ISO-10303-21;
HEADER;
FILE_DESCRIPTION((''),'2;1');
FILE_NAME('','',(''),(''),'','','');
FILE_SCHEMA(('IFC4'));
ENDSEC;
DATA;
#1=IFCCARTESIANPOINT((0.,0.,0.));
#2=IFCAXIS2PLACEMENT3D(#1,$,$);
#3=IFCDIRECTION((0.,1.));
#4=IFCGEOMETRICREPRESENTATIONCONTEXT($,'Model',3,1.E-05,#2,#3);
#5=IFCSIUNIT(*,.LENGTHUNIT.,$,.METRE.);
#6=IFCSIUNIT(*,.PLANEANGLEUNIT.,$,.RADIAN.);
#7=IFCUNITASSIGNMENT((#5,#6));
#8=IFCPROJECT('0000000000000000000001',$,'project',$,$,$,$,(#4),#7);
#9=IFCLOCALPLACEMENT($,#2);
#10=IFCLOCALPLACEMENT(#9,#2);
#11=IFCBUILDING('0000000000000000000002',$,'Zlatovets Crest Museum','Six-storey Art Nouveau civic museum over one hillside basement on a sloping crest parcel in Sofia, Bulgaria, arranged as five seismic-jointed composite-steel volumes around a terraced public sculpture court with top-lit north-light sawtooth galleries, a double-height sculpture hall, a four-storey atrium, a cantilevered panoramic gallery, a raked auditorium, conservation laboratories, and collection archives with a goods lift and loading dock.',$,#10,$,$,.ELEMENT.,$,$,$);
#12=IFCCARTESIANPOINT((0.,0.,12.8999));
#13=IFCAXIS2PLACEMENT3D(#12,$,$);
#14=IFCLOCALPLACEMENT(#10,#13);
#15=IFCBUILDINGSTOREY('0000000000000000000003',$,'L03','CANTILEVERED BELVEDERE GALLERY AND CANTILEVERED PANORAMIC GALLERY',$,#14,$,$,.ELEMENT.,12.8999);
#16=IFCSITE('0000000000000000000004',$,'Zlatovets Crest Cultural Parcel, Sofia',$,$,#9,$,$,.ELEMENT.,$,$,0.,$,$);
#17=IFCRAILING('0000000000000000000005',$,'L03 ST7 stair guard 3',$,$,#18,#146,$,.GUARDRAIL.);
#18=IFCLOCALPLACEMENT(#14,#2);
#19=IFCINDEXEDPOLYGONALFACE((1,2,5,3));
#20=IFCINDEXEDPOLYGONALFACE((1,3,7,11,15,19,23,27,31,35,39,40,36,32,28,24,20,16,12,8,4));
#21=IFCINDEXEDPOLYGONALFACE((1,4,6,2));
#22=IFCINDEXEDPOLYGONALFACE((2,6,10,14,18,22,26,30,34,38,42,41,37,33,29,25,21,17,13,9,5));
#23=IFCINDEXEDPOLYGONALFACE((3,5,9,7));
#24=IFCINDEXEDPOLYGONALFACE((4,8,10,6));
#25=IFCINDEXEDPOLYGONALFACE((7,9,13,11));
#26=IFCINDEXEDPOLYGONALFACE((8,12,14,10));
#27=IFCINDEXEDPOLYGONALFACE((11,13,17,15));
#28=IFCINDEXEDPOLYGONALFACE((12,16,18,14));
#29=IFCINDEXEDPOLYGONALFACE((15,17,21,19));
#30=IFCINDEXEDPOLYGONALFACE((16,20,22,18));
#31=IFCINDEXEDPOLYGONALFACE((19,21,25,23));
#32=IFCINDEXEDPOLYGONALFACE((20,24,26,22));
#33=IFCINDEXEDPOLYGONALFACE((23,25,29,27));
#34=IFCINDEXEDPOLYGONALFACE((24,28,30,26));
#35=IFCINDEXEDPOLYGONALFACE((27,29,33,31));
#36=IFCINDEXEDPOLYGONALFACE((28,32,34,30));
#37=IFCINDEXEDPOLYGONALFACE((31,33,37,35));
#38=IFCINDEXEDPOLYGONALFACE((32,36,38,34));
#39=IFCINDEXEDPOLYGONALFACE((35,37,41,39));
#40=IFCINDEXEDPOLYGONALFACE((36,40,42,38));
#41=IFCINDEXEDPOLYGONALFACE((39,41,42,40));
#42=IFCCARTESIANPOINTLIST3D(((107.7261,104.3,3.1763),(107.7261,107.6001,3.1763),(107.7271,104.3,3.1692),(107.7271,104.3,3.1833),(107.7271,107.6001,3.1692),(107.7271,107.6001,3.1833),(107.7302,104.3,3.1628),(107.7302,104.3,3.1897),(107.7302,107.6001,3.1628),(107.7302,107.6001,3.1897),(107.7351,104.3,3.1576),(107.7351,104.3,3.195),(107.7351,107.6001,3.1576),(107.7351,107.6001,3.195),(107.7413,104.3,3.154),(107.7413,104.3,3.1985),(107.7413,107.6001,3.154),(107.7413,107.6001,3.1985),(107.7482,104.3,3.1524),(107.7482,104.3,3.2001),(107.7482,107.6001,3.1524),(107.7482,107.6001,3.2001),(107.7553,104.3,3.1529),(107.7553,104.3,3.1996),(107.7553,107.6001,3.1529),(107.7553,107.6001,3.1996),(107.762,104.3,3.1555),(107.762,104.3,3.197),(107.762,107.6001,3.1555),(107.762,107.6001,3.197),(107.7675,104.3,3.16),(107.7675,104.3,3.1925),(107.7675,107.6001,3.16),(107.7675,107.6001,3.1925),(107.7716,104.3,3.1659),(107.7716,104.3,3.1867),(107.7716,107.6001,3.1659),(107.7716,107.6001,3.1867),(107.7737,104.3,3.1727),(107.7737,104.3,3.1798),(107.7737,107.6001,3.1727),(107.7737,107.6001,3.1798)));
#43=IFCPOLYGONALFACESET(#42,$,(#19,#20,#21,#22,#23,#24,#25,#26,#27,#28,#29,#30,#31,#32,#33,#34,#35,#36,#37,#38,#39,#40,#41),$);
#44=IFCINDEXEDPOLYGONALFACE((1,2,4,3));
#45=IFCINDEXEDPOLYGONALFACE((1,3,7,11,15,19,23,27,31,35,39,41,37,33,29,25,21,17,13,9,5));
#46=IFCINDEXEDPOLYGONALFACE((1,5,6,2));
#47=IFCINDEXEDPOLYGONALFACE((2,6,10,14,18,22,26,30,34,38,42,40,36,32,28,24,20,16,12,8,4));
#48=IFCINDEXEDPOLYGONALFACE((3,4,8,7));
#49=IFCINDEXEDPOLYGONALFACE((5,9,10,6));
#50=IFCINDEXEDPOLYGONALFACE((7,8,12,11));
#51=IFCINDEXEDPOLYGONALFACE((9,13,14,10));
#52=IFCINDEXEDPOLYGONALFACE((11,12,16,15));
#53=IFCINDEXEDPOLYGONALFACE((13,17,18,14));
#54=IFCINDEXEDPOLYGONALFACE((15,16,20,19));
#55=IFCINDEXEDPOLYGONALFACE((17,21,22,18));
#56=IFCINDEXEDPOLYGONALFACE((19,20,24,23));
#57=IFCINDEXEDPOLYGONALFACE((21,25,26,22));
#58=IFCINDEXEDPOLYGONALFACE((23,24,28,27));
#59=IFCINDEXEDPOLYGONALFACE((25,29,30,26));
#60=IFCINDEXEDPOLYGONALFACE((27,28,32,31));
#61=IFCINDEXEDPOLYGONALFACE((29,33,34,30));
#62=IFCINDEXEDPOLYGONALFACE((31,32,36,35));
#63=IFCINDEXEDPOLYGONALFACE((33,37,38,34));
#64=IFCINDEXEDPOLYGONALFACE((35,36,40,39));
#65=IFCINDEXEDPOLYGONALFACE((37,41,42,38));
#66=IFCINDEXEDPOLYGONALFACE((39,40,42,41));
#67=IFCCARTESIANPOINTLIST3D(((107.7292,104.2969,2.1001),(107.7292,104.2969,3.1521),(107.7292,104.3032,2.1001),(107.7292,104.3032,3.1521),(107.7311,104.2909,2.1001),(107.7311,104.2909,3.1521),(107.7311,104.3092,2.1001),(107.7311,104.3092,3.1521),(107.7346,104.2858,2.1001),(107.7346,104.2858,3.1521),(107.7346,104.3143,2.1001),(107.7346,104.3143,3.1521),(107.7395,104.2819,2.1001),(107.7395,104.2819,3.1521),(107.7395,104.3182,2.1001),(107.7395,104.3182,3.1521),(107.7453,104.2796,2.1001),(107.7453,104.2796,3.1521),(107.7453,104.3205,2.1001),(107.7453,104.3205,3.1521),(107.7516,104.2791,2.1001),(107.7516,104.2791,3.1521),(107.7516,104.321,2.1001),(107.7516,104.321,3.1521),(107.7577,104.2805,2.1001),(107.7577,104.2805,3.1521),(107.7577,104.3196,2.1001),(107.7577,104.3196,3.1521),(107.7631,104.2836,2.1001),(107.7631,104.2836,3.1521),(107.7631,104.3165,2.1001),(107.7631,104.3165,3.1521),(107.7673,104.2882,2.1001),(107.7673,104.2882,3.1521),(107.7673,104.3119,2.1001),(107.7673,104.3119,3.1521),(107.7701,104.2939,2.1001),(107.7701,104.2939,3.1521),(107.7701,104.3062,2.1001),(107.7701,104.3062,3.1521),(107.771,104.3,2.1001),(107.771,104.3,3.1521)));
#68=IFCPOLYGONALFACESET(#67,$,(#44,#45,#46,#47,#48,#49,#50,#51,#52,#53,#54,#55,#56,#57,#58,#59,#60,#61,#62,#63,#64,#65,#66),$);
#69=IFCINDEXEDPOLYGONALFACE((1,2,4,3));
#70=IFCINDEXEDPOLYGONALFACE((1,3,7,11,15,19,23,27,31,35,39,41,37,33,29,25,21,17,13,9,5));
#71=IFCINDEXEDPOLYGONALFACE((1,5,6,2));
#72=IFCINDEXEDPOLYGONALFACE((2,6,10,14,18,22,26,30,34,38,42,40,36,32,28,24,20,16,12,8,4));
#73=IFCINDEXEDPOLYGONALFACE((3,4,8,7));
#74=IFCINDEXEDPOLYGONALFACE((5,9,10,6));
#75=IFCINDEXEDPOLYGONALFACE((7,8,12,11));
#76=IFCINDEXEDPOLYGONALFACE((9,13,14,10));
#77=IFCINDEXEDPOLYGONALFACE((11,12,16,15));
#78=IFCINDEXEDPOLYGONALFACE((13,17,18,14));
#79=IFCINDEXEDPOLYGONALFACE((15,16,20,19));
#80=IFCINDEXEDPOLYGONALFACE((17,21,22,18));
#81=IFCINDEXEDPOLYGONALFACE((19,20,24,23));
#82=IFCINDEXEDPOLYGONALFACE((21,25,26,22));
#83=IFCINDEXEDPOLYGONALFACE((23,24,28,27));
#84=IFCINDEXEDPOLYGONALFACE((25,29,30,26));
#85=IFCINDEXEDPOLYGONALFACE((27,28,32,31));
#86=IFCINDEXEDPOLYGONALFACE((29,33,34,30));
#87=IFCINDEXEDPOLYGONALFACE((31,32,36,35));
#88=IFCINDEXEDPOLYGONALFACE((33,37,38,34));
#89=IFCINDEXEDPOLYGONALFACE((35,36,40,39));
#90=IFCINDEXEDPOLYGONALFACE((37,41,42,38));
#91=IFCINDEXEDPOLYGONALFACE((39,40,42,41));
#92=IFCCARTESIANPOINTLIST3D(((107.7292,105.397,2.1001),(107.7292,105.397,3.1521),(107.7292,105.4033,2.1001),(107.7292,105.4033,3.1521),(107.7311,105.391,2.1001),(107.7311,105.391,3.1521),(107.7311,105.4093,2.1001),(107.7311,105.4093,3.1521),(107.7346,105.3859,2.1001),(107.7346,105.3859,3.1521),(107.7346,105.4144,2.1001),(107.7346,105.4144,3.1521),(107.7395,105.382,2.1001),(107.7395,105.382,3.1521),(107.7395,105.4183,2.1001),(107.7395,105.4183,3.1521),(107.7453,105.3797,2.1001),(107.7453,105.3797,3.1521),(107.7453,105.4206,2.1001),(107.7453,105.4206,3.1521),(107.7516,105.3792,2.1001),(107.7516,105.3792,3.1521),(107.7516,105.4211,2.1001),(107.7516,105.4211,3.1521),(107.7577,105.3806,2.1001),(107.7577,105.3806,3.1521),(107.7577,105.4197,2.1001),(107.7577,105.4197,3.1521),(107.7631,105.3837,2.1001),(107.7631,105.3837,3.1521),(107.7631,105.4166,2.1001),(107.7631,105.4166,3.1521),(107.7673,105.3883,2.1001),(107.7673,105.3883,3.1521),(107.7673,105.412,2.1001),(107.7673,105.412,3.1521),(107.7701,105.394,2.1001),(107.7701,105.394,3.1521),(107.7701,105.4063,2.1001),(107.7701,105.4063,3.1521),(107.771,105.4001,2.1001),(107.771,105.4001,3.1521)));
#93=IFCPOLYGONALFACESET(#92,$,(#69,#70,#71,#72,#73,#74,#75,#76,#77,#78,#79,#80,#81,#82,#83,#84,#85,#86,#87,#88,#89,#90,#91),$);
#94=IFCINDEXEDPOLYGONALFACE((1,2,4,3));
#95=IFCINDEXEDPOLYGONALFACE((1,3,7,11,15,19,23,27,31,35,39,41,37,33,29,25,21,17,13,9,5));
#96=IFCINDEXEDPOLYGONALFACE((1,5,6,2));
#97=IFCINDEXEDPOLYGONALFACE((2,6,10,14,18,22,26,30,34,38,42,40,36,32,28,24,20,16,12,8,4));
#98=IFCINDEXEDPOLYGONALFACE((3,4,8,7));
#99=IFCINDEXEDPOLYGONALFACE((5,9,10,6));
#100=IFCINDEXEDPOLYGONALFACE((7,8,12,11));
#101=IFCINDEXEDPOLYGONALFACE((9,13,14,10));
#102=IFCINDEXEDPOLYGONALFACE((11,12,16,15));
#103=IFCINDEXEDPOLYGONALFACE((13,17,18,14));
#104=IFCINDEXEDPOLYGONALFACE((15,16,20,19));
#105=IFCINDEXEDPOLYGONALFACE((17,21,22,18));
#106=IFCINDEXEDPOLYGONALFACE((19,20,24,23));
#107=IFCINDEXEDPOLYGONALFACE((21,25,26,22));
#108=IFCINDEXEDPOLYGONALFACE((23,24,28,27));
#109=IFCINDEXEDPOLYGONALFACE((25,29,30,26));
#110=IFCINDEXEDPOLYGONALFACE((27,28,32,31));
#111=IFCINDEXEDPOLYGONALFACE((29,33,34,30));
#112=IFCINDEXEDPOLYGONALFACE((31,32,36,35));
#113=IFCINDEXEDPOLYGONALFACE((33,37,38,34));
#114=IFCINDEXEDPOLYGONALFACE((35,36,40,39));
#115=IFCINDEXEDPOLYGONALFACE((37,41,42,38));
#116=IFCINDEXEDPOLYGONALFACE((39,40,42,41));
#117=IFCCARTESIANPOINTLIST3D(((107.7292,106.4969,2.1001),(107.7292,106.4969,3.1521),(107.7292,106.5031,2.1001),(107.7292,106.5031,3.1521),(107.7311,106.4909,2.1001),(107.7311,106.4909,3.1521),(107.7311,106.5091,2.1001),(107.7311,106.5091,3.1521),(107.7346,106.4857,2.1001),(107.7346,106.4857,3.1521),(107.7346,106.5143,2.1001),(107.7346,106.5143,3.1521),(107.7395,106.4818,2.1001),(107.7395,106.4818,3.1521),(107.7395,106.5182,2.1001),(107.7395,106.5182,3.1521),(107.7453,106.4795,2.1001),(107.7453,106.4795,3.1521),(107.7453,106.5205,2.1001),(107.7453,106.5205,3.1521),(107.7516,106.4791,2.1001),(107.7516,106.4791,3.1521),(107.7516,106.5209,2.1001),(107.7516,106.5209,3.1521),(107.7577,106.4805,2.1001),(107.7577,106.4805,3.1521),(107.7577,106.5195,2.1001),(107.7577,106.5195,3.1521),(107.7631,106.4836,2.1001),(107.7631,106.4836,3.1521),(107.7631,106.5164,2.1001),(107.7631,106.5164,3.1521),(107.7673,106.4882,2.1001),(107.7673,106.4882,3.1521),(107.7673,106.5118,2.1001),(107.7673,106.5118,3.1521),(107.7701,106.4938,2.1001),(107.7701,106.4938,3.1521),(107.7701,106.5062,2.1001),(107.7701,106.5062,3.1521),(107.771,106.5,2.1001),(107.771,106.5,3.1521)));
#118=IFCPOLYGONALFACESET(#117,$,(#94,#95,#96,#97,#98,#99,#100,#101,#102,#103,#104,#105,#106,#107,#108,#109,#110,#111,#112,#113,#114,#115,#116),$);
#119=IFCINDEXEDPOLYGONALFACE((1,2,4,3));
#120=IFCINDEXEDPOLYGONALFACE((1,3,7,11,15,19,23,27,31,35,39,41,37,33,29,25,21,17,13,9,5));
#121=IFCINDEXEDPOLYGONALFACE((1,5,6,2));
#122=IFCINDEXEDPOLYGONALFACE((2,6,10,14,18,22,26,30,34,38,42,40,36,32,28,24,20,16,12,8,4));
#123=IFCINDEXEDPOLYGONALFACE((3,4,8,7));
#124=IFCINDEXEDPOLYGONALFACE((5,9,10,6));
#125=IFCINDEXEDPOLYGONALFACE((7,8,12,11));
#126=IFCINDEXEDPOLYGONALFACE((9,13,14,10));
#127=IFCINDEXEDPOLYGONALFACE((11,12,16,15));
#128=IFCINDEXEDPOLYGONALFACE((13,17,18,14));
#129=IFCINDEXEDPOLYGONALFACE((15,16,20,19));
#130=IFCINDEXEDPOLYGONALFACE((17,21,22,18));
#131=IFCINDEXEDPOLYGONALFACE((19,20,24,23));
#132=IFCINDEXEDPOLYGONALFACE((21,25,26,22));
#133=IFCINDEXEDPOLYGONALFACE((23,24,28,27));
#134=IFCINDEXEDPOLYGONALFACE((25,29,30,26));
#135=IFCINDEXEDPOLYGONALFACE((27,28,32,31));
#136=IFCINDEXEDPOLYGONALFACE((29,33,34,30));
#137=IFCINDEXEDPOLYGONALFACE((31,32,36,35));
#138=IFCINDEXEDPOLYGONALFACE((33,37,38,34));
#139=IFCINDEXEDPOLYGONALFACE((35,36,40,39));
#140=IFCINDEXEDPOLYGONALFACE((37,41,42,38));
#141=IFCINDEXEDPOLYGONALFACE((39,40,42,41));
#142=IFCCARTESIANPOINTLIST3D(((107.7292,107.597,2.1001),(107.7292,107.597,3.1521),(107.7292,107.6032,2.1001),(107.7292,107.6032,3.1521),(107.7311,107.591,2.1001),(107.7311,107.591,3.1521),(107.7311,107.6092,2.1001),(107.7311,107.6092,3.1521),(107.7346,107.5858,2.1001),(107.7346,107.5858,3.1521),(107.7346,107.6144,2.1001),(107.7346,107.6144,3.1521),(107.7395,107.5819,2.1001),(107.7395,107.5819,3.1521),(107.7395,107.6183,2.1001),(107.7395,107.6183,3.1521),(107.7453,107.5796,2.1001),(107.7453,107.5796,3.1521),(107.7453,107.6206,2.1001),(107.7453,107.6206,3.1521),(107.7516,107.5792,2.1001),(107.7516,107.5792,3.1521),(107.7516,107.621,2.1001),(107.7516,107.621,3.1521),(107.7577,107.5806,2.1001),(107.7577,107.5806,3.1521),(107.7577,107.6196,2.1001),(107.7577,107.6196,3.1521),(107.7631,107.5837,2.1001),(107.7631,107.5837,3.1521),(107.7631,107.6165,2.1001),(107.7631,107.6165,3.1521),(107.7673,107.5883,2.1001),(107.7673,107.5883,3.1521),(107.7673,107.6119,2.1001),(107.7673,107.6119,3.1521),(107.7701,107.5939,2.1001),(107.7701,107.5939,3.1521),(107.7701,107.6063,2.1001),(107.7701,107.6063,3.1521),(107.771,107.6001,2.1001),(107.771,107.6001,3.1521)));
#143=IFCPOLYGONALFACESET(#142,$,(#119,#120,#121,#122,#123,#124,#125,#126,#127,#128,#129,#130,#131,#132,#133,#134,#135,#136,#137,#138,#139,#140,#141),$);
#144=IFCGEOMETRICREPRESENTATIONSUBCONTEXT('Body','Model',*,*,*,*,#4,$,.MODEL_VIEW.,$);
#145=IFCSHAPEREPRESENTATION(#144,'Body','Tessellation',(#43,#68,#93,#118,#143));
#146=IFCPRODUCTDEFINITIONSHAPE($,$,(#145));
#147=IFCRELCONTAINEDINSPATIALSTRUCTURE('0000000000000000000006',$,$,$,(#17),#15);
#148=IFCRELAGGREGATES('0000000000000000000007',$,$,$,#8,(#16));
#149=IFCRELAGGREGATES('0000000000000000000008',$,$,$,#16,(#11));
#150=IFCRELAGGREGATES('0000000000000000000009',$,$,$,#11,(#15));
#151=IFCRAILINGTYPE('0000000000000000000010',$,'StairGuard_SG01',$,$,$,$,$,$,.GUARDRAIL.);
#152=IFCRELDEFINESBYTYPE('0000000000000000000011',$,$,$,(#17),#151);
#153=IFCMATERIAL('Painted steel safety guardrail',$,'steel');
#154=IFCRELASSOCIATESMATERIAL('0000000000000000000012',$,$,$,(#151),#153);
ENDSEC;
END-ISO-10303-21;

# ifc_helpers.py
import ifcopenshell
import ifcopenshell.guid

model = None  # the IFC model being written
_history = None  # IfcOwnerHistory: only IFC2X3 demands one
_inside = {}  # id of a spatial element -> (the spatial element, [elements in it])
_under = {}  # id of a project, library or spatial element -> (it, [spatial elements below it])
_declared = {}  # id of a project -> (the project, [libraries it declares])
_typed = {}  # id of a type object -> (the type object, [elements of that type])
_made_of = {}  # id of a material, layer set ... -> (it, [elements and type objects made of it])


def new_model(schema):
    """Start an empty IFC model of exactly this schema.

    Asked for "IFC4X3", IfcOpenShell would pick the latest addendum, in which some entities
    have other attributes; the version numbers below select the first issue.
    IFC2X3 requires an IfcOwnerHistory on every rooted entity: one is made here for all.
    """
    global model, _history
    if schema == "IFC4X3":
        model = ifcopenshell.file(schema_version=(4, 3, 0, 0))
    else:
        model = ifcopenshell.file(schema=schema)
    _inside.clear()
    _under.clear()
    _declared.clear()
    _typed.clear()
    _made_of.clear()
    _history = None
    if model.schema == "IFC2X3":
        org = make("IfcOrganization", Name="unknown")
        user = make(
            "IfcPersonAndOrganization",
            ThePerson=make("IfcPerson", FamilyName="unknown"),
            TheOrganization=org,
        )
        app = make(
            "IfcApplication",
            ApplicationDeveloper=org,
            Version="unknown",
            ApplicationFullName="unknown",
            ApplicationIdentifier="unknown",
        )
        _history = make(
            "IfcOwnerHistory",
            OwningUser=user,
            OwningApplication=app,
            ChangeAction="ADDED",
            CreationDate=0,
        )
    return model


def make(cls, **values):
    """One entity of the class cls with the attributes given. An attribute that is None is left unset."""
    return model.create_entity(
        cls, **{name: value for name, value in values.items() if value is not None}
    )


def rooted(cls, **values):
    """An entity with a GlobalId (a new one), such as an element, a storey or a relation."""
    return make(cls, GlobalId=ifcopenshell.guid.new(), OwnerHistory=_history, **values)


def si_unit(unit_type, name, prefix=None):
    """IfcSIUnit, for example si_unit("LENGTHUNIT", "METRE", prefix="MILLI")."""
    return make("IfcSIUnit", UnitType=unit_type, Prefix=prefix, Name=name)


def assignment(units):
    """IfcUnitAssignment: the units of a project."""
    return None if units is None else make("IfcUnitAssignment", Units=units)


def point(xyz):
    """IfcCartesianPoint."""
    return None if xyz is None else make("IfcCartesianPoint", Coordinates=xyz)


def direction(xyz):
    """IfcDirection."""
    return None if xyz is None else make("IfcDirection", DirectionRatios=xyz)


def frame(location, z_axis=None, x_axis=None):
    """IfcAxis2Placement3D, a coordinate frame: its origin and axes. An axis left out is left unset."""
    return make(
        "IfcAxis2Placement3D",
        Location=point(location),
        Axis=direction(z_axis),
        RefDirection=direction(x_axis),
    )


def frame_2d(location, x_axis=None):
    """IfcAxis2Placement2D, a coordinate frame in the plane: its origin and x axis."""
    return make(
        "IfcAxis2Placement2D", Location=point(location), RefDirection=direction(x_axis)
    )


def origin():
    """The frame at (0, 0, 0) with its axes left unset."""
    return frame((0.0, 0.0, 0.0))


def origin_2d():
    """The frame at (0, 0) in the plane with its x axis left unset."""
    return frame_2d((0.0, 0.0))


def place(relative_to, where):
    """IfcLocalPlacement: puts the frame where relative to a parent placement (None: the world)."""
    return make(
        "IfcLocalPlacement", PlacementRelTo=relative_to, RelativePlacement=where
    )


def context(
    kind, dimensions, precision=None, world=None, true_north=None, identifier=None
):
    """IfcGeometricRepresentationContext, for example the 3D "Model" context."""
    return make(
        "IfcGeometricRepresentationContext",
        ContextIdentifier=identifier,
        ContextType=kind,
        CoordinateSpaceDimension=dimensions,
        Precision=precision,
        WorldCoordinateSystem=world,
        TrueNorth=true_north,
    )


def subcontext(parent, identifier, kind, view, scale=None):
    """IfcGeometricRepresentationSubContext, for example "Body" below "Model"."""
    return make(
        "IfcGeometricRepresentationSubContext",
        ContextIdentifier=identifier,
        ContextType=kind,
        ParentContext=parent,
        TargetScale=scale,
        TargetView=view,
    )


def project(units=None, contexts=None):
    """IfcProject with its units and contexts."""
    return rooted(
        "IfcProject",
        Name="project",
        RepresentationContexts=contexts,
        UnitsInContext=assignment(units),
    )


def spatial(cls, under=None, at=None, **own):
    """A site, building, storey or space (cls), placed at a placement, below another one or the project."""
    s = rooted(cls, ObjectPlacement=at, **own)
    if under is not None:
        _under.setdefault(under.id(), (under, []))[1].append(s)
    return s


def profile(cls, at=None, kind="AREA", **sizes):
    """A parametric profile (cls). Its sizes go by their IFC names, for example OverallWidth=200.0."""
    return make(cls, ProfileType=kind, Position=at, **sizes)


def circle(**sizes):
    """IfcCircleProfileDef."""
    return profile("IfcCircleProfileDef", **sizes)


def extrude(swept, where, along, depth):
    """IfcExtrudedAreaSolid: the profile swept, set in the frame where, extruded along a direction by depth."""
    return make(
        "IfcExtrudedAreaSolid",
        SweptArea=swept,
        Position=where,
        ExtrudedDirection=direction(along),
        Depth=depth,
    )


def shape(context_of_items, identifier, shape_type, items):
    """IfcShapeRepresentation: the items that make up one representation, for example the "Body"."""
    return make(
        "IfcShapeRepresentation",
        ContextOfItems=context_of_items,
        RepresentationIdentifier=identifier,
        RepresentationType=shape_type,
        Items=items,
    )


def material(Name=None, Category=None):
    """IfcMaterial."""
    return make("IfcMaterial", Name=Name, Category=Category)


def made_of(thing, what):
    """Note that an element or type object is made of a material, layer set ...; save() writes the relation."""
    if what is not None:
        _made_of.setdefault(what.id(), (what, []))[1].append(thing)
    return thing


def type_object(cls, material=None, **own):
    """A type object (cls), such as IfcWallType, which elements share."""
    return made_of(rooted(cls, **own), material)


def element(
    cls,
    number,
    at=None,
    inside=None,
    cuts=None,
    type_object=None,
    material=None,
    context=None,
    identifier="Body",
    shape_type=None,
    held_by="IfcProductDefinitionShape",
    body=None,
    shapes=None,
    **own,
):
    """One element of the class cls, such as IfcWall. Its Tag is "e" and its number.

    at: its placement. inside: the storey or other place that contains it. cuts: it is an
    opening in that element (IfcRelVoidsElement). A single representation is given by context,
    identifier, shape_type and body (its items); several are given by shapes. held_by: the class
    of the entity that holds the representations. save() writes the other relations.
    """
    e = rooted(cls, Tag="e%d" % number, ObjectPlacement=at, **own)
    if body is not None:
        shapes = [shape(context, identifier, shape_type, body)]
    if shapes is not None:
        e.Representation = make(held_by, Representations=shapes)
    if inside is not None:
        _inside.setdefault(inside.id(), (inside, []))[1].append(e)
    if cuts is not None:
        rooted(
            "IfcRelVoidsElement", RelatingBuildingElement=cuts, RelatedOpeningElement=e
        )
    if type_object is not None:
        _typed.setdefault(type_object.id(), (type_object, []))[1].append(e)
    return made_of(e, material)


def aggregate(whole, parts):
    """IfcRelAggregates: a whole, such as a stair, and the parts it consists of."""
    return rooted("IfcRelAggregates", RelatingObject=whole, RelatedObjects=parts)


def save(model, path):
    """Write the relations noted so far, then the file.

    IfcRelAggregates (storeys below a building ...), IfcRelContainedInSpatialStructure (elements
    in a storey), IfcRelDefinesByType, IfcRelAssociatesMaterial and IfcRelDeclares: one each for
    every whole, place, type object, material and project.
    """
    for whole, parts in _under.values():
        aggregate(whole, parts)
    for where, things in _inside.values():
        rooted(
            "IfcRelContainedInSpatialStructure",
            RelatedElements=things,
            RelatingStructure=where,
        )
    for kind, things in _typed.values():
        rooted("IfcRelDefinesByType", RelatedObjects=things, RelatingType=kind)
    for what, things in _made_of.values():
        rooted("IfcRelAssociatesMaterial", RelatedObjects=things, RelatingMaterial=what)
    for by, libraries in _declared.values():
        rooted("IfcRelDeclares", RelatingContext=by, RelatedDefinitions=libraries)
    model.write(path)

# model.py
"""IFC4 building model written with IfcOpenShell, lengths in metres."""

from ifc_helpers import new_model, si_unit, direction, frame, origin, origin_2d, place, context, subcontext, project, spatial, circle, extrude, material, type_object, element, save


model = new_model("IFC4")

# Units and contexts
model_context = context("Model", 3, precision=1e-05, world=origin(), true_north=direction((0.0, 1.0)))
body_context = subcontext(model_context, "Body", "Model", "MODEL_VIEW")
ifc_project = project(units=[si_unit("LENGTHUNIT", "METRE"), si_unit("PLANEANGLEUNIT", "RADIAN")], contexts=[model_context])

# Site, building, storey
site_placement = place(None, origin())
site = spatial("IfcSite", under=ifc_project, at=site_placement, Name="Zlatovets Crest Cultural Parcel, Sofia", CompositionType="ELEMENT", RefElevation=0.0)
building_placement = place(site_placement, origin())
building = spatial("IfcBuilding", under=site, at=building_placement, Name="Zlatovets Crest Museum", Description="Six-storey Art Nouveau civic museum over one hillside basement on a sloping crest parcel in Sofia, Bulgaria, arranged as five seismic-jointed composite-steel volumes around a terraced public sculpture court with top-lit north-light sawtooth galleries, a double-height sculpture hall, a four-storey atrium, a cantilevered panoramic gallery, a raked auditorium, conservation laboratories, and collection archives with a goods lift and loading dock.", CompositionType="ELEMENT")
storey_placement = place(building_placement, frame((0.0, 0.0, 12.8999)))
storey = spatial("IfcBuildingStorey", under=building, at=storey_placement, Name="L03", Description="CANTILEVERED BELVEDERE GALLERY AND CANTILEVERED PANORAMIC GALLERY", CompositionType="ELEMENT", Elevation=12.8999)

# Railing
ifc_material_1 = material(Name="Painted steel safety guardrail", Category="steel")
railing_type_1 = type_object("IfcRailingType", Name="StairGuard_SG01", PredefinedType="GUARDRAIL", material=ifc_material_1)
railing_1_placement = place(storey_placement, frame((107.75, 104.3, 2.1001)))
element("IfcRailing", 1, at=railing_1_placement, inside=storey, type_object=railing_type_1, Name="L03 ST7 stair guard 3", PredefinedType="GUARDRAIL", context=body_context, shape_type="SweptSolid", body=[
    extrude(circle(Radius=0.0239, at=origin_2d()), frame((0.0, 0.0, 1.0762), z_axis=(0.0, 1.0, 0.0), x_axis=(-1.0, 0.0, 0.0)), (0.0, 0.0, 1.0), 3.3),
    extrude(circle(Radius=0.021, at=origin_2d()), origin(), (0.0, 0.0, 1.0), 1.052),
    extrude(circle(Radius=0.021, at=origin_2d()), frame((0.0, 1.1001, 0.0)), (0.0, 0.0, 1.0), 1.052),
    extrude(circle(Radius=0.021, at=origin_2d()), frame((0.0, 2.2, 0.0)), (0.0, 0.0, 1.0), 1.052),
    extrude(circle(Radius=0.021, at=origin_2d()), frame((0.0, 3.3, 0.0)), (0.0, 0.0, 1.0), 1.052),
])

save(model, "model.ifc")
